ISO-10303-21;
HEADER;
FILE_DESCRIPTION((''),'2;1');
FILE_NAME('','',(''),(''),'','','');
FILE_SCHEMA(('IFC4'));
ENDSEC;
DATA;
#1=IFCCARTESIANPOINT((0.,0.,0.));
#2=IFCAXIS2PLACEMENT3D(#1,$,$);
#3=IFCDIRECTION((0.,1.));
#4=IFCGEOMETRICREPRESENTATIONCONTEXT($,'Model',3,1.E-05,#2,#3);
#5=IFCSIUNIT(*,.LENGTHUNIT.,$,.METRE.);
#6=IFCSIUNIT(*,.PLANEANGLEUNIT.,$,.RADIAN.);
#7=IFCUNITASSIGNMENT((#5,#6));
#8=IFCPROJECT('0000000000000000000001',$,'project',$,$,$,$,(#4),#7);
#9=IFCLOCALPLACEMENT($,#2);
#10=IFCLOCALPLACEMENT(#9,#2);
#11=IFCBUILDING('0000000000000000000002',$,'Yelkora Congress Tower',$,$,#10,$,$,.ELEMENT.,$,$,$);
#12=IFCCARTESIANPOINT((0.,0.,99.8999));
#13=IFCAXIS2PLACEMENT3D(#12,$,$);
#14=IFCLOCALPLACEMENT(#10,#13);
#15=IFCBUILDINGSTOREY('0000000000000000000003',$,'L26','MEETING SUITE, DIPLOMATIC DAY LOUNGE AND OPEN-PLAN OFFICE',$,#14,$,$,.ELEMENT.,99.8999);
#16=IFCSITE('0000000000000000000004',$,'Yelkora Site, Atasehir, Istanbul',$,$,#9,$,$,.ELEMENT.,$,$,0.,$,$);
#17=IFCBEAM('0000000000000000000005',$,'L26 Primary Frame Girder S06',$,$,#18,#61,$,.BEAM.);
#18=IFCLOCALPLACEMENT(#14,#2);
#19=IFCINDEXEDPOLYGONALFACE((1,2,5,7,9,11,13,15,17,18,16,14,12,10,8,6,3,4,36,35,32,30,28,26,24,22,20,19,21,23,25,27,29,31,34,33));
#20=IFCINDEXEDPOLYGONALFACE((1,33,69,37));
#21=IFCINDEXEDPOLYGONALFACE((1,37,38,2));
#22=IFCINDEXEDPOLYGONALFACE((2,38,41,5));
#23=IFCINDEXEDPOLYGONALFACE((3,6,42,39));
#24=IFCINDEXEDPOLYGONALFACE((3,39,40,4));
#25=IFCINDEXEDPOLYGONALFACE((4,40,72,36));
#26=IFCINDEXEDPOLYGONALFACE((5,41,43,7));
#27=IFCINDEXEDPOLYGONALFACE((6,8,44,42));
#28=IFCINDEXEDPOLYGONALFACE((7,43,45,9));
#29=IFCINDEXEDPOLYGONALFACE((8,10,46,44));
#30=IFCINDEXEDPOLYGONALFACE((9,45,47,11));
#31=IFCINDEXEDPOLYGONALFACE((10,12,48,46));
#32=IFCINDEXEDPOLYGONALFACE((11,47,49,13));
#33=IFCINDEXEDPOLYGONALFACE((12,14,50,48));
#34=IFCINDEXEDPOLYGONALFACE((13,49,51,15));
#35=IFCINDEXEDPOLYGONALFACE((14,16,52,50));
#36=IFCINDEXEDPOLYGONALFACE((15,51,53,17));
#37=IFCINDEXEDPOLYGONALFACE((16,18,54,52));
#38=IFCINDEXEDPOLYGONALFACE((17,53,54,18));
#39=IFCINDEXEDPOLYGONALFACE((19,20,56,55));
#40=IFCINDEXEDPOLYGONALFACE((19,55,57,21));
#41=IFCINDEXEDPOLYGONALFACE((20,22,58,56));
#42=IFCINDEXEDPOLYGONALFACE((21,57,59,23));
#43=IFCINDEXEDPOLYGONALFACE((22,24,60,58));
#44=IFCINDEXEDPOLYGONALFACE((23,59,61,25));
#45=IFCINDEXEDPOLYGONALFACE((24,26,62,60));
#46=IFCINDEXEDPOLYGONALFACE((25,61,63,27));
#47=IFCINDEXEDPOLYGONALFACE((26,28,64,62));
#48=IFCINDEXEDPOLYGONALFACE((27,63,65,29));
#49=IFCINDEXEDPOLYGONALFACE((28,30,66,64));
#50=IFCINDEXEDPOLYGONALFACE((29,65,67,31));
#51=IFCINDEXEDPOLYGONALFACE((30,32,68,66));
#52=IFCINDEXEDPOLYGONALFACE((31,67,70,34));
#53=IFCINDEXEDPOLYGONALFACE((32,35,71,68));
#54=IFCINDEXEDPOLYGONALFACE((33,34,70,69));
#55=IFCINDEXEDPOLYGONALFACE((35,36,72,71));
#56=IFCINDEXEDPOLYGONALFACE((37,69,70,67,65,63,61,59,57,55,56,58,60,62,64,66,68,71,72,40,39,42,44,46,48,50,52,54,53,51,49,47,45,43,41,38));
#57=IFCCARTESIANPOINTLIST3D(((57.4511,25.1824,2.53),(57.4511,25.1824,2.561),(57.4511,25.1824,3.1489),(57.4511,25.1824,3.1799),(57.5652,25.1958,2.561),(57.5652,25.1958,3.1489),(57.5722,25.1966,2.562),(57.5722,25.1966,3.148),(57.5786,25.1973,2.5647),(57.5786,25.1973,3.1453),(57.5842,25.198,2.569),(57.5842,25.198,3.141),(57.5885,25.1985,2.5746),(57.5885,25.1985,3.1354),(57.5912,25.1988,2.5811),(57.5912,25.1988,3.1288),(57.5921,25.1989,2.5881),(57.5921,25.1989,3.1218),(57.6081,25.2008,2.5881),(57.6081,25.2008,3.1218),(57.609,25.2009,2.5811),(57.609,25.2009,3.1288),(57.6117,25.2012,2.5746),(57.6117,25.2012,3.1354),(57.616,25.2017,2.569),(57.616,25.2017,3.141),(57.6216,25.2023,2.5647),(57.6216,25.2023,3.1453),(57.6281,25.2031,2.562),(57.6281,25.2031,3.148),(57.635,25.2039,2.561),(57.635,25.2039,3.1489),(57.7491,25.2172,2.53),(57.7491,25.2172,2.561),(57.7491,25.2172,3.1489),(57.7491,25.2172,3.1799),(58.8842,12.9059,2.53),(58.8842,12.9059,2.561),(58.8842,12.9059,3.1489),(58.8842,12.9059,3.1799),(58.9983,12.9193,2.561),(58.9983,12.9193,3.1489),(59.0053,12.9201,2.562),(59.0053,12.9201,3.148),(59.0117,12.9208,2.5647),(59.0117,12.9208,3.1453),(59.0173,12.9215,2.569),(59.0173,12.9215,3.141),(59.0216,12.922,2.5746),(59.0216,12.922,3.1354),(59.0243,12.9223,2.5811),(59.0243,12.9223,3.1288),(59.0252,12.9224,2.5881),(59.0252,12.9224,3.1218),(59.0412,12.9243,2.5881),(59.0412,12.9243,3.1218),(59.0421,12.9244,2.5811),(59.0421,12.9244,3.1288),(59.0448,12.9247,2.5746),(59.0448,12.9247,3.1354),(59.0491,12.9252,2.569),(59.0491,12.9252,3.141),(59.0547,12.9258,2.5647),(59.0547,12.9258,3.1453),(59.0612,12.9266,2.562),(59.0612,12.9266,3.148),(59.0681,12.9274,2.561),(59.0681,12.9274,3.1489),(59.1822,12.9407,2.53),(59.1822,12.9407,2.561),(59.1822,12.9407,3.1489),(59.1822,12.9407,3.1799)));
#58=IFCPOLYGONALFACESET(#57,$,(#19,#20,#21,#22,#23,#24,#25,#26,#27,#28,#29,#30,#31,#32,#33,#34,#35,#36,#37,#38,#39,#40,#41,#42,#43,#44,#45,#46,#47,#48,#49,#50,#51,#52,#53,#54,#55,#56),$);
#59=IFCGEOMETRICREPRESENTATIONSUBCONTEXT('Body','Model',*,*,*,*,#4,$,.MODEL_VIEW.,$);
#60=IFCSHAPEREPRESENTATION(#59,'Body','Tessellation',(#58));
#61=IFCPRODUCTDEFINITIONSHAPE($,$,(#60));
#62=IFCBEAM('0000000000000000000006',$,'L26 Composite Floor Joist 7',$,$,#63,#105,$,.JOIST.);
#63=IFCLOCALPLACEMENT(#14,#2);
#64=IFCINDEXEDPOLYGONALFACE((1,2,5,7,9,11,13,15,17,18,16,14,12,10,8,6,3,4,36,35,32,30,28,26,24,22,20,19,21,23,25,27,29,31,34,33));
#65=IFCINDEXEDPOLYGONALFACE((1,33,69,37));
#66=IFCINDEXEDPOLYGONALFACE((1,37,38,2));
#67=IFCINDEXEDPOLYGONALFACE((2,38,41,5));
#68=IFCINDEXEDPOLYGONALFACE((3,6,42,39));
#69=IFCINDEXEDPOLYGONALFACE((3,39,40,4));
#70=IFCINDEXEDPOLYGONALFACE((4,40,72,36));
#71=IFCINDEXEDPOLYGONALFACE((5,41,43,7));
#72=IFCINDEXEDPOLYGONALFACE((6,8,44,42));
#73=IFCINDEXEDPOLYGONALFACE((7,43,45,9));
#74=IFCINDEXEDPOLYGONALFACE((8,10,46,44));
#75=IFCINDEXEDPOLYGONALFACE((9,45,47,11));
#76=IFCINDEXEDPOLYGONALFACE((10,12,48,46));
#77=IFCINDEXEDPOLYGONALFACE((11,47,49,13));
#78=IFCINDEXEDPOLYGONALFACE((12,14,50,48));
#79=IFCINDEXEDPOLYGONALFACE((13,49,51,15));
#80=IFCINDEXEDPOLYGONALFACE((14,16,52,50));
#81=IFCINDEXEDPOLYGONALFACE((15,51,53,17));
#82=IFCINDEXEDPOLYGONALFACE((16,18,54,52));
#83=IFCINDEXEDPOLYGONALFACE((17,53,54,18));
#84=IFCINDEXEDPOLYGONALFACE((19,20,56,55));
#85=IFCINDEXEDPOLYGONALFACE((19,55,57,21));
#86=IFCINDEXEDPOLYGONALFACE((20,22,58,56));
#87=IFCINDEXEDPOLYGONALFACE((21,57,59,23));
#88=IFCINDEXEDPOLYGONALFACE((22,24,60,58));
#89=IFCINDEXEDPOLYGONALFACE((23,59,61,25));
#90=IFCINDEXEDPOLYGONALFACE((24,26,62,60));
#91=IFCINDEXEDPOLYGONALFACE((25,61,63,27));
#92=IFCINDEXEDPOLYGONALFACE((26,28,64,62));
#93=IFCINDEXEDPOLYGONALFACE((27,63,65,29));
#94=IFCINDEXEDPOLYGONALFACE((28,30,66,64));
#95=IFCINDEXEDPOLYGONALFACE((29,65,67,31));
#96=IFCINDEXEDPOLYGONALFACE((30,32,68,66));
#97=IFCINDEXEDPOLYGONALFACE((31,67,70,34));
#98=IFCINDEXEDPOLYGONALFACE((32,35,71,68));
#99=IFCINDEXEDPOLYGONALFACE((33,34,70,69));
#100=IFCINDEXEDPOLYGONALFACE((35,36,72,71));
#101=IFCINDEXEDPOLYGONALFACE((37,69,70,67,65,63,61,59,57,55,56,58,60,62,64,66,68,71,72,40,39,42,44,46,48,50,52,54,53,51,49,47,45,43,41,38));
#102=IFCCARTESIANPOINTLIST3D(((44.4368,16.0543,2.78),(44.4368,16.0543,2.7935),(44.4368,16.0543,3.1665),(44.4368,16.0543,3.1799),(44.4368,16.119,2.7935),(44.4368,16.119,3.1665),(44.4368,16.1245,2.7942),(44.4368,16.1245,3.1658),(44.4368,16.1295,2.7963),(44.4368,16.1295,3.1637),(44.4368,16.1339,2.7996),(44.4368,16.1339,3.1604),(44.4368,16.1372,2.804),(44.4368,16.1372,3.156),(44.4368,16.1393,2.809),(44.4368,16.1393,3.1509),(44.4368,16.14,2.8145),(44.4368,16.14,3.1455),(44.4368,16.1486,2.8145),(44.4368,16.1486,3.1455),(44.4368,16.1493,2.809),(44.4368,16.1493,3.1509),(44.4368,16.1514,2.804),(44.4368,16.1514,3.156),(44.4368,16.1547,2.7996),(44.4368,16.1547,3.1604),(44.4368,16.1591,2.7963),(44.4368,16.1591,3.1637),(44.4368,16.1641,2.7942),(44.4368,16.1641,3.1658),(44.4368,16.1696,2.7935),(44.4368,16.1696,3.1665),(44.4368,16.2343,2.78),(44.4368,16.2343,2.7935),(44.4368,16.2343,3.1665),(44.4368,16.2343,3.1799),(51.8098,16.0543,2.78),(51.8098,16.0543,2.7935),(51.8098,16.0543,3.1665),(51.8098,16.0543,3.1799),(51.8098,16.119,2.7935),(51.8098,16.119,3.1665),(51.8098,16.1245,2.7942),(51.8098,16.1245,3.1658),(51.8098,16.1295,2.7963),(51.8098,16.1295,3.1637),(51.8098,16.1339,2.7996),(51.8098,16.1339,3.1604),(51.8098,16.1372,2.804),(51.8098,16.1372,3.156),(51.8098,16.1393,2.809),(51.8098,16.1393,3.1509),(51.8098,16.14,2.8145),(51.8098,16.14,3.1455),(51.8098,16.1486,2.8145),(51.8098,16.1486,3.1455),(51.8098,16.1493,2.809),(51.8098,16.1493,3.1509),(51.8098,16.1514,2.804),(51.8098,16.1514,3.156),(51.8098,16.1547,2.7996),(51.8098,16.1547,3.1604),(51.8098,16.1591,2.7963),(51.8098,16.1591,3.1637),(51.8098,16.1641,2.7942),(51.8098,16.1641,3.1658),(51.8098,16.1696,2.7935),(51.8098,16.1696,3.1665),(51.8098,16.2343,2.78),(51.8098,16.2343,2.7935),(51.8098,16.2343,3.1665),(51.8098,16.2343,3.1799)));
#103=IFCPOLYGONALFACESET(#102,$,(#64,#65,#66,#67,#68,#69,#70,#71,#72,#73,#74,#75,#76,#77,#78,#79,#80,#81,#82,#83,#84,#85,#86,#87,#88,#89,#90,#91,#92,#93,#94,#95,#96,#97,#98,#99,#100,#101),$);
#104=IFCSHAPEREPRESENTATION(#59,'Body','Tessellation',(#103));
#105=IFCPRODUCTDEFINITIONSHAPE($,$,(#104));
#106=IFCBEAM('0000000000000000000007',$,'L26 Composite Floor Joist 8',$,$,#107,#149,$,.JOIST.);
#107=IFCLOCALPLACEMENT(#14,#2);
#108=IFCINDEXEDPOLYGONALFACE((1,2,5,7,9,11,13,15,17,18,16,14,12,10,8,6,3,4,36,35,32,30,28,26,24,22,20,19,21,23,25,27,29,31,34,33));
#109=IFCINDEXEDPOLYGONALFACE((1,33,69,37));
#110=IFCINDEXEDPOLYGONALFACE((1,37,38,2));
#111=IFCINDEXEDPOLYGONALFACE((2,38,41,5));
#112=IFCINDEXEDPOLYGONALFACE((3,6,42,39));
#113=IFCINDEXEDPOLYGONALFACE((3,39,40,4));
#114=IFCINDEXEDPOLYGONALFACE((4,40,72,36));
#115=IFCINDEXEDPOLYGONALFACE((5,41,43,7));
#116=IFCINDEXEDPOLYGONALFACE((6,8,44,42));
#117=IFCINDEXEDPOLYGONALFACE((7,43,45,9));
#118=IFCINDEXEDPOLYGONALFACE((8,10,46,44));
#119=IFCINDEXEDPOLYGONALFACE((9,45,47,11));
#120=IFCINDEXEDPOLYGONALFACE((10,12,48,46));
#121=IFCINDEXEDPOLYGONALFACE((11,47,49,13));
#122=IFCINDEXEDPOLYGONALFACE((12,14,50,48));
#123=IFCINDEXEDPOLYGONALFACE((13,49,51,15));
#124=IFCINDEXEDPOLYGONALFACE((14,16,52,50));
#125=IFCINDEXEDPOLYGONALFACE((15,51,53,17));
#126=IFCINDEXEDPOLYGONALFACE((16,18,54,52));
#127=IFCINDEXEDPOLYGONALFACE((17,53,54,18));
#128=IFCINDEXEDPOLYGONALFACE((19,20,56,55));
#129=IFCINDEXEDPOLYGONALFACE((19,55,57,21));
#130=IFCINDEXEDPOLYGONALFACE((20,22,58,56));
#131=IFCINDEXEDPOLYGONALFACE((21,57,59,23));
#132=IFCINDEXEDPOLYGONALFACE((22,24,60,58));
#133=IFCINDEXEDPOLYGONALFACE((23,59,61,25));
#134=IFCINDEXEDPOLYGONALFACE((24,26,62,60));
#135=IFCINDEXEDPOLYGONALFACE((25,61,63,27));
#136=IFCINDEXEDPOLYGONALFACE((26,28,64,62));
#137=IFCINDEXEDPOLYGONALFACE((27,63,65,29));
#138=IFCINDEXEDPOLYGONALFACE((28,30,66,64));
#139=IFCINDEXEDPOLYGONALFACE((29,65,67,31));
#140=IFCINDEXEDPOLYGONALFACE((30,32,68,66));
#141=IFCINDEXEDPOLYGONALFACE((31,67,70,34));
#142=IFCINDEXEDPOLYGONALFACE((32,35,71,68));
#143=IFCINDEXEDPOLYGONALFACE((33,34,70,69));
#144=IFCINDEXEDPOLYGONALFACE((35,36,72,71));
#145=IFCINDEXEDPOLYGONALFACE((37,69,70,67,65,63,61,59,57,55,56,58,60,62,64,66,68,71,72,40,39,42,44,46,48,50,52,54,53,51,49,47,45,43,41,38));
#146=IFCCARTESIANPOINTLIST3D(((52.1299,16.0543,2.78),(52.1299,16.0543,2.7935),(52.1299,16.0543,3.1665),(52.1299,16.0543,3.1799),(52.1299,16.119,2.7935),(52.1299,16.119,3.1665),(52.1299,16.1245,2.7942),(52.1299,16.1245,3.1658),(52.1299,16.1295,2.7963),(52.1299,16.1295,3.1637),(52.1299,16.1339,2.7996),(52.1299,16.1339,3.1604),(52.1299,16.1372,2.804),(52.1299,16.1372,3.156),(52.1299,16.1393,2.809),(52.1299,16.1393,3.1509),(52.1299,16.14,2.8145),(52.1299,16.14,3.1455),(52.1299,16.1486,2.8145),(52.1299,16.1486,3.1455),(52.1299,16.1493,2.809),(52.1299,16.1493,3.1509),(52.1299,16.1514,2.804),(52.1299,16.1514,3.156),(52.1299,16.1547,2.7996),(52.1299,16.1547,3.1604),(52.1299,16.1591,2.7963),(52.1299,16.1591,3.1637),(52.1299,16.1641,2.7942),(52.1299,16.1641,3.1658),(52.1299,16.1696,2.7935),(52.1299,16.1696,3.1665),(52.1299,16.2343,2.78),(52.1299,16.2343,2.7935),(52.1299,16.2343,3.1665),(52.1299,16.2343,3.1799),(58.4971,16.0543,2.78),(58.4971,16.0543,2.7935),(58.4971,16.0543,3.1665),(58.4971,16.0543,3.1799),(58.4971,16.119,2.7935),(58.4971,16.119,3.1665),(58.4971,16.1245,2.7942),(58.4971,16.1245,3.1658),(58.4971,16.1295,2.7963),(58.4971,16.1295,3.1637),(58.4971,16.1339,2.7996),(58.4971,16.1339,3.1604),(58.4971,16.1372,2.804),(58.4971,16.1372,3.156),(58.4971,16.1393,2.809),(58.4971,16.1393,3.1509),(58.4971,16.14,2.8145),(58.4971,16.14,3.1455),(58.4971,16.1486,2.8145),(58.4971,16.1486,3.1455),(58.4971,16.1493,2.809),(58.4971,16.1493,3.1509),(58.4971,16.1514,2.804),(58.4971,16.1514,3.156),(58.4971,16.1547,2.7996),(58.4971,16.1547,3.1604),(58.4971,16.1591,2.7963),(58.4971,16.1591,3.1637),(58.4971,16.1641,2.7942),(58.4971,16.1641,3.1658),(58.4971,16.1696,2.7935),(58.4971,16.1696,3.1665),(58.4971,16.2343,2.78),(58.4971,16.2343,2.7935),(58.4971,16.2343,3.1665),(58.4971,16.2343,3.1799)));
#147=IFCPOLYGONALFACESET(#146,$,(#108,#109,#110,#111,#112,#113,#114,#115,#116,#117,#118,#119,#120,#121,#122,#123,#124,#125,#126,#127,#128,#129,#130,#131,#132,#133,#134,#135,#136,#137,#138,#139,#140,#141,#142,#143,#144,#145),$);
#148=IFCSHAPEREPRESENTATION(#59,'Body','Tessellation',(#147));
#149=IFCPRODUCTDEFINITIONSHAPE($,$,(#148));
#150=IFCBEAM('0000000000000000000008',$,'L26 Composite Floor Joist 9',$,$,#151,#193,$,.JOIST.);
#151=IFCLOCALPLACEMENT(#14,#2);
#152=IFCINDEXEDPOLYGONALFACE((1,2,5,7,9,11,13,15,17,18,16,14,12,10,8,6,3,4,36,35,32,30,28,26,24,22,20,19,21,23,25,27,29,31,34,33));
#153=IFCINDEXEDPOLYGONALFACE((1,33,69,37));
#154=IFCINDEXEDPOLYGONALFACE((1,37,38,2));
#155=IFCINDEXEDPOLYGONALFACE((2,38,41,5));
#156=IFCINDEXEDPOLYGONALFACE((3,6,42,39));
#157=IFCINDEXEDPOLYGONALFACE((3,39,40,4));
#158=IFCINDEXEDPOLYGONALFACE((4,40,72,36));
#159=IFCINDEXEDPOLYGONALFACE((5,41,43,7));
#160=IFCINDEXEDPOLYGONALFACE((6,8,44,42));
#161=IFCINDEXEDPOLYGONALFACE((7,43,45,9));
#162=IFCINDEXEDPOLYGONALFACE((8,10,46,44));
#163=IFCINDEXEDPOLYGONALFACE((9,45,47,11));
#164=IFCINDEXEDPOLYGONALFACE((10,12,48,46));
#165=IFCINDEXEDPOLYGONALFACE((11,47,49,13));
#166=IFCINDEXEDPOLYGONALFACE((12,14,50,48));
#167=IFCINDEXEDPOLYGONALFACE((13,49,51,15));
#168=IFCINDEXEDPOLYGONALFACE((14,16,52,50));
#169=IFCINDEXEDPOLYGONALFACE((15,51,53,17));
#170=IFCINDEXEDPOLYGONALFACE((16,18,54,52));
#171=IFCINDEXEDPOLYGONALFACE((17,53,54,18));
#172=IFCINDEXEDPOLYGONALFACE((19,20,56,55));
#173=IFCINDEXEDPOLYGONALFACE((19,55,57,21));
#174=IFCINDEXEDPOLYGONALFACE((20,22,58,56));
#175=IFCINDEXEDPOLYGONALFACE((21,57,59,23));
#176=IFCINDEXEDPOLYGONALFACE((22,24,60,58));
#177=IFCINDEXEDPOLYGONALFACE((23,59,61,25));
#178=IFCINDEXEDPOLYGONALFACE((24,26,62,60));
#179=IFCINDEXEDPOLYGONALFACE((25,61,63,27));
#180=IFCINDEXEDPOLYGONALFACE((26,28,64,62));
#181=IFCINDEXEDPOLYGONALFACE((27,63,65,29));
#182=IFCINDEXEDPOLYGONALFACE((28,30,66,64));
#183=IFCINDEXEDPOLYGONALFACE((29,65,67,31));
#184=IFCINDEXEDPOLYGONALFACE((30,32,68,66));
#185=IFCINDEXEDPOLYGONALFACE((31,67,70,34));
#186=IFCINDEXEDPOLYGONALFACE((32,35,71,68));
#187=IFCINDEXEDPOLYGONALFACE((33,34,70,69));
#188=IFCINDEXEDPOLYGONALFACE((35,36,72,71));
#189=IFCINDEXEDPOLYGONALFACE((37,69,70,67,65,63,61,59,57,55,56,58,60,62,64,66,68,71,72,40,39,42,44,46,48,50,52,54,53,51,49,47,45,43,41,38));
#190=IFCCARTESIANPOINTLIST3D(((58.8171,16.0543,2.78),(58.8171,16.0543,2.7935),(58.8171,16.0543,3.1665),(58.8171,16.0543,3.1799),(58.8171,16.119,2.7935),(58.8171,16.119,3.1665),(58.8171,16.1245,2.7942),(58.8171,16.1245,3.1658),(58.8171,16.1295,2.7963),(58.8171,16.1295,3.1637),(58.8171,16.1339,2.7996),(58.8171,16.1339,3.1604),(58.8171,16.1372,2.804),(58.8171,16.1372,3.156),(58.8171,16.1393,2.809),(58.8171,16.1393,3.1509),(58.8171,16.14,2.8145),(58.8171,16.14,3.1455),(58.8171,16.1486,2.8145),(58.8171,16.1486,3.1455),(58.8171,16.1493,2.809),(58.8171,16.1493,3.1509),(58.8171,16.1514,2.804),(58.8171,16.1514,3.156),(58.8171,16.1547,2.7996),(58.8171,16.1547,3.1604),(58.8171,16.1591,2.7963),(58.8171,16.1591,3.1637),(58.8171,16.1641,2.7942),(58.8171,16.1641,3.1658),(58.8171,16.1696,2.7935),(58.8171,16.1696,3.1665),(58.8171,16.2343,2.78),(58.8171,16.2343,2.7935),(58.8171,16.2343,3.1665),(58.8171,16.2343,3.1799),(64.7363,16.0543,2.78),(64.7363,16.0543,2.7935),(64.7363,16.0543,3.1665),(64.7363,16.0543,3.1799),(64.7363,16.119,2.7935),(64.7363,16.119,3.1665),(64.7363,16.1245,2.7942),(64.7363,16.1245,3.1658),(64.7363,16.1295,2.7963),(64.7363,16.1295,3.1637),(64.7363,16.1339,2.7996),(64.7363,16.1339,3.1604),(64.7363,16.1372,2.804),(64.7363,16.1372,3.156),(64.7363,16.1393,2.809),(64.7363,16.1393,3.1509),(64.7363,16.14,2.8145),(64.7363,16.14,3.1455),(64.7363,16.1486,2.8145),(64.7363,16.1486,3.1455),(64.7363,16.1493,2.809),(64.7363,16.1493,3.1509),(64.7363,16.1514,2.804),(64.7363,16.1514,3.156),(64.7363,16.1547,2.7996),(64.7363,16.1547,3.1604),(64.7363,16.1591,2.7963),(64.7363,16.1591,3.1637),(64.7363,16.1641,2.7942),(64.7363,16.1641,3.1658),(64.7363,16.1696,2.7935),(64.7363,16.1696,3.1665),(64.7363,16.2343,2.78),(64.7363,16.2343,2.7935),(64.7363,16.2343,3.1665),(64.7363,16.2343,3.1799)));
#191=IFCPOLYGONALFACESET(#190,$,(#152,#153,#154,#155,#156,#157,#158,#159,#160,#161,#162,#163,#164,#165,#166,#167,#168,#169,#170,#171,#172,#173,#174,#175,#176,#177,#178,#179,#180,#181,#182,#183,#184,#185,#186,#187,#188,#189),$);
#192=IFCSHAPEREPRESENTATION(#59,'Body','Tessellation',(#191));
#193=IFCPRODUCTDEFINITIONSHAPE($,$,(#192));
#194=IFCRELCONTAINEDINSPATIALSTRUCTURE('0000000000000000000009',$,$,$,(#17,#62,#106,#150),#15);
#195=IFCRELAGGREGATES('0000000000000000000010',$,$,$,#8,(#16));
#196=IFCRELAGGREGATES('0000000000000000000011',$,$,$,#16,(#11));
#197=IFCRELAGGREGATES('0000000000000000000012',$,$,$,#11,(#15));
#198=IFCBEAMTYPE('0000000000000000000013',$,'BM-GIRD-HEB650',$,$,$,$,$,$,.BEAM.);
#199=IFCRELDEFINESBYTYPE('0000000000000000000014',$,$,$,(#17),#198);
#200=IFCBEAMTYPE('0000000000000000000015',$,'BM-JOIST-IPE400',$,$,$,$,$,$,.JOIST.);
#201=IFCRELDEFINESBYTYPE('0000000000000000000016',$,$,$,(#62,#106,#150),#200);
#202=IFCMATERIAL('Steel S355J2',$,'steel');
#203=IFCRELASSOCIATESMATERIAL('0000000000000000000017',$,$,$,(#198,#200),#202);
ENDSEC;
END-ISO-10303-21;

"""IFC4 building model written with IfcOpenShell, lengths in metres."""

from ifc_helpers import new_model, si_unit, direction, frame, origin, origin_2d, place, context, subcontext, project, spatial, i_section, extrude, material, material_profile, profile_set, type_object, element, save


model = new_model("IFC4")

# Units and contexts
model_context = context("Model", 3, precision=1e-05, world=origin(), true_north=direction((0.0, 1.0)))
body_context = subcontext(model_context, "Body", "Model", "MODEL_VIEW")
ifc_project = project(units=[si_unit("LENGTHUNIT", "METRE"), si_unit("PLANEANGLEUNIT", "RADIAN")], contexts=[model_context])

# Site, building, storey
site_placement = place(None, origin())
site = spatial("IfcSite", under=ifc_project, at=site_placement, Name="Yelkora Site, Atasehir, Istanbul", CompositionType="ELEMENT", RefElevation=0.0)
building_placement = place(site_placement, origin())
building = spatial("IfcBuilding", under=site, at=building_placement, Name="Yelkora Congress Tower", CompositionType="ELEMENT")
storey_placement = place(building_placement, frame((0.0, 0.0, 99.8999)))
storey = spatial("IfcBuildingStorey", under=building, at=storey_placement, Name="L26", Description="MEETING SUITE, DIPLOMATIC DAY LOUNGE AND OPEN-PLAN OFFICE", CompositionType="ELEMENT", Elevation=99.8999)

# Beams
ifc_material_1 = material(Name="Steel S355J2", Category="steel")
ifc_material_profile_1 = material_profile(ifc_material_1, i_section(OverallWidth=0.3, OverallDepth=0.6499, WebThickness=0.0161, FlangeThickness=0.031, FilletRadius=0.0271, at=origin_2d()), Name="HEB 650")
ifc_profile_set_1 = profile_set([ifc_material_profile_1], Name="Steel S355J2")
beam_type_1 = type_object("IfcBeamType", Name="BM-GIRD-HEB650", PredefinedType="BEAM", material=ifc_profile_set_1)
beam_1_placement = place(storey_placement, frame((59.0332, 12.9233, 2.855), z_axis=(-0.115947, 0.993255, 0.0), x_axis=(-0.993255, -0.115947, 0.0)))
element("IfcBeam", 1, at=beam_1_placement, inside=storey, type_object=beam_type_1, Name="L26 Primary Frame Girder S06", PredefinedType="BEAM", context=body_context, shape_type="SweptSolid", body=[
    extrude(i_section(OverallWidth=0.3, OverallDepth=0.6499, WebThickness=0.0161, FlangeThickness=0.031, FilletRadius=0.0271, at=origin_2d()), origin(), (0.0, 0.0, 1.0), 12.3599),
])
ifc_material_profile_2 = material_profile(ifc_material_1, i_section(OverallWidth=0.1799, OverallDepth=0.3999, WebThickness=0.0085, FlangeThickness=0.0134, FilletRadius=0.021, at=origin_2d()), Name="IPE 400")
ifc_profile_set_2 = profile_set([ifc_material_profile_2], Name="Steel S355J2")
beam_type_2 = type_object("IfcBeamType", Name="BM-JOIST-IPE400", PredefinedType="JOIST", material=ifc_profile_set_2)
beam_2_placement = place(storey_placement, frame((44.4368, 16.1443, 2.98), z_axis=(1.0, 0.0, 0.0), x_axis=(0.0, 1.0, 0.0)))
element("IfcBeam", 2, at=beam_2_placement, inside=storey, type_object=beam_type_2, Name="L26 Composite Floor Joist 7", PredefinedType="JOIST", context=body_context, shape_type="SweptSolid", body=[
    extrude(i_section(OverallWidth=0.1799, OverallDepth=0.3999, WebThickness=0.0085, FlangeThickness=0.0134, FilletRadius=0.021, at=origin_2d()), origin(), (0.0, 0.0, 1.0), 7.373),
])
beam_3_placement = place(storey_placement, frame((52.1299, 16.1443, 2.98), z_axis=(1.0, 0.0, 0.0), x_axis=(0.0, 1.0, 0.0)))
element("IfcBeam", 3, at=beam_3_placement, inside=storey, type_object=beam_type_2, Name="L26 Composite Floor Joist 8", PredefinedType="JOIST", context=body_context, shape_type="SweptSolid", body=[
    extrude(i_section(OverallWidth=0.1799, OverallDepth=0.3999, WebThickness=0.0085, FlangeThickness=0.0134, FilletRadius=0.021, at=origin_2d()), origin(), (0.0, 0.0, 1.0), 6.3672),
])
beam_4_placement = place(storey_placement, frame((58.8171, 16.1443, 2.98), z_axis=(1.0, 0.0, 0.0), x_axis=(0.0, 1.0, 0.0)))
element("IfcBeam", 4, at=beam_4_placement, inside=storey, type_object=beam_type_2, Name="L26 Composite Floor Joist 9", PredefinedType="JOIST", context=body_context, shape_type="SweptSolid", body=[
    extrude(i_section(OverallWidth=0.1799, OverallDepth=0.3999, WebThickness=0.0085, FlangeThickness=0.0134, FilletRadius=0.021, at=origin_2d()), origin(), (0.0, 0.0, 1.0), 5.9192),
])

save(model, "model.ifc")
